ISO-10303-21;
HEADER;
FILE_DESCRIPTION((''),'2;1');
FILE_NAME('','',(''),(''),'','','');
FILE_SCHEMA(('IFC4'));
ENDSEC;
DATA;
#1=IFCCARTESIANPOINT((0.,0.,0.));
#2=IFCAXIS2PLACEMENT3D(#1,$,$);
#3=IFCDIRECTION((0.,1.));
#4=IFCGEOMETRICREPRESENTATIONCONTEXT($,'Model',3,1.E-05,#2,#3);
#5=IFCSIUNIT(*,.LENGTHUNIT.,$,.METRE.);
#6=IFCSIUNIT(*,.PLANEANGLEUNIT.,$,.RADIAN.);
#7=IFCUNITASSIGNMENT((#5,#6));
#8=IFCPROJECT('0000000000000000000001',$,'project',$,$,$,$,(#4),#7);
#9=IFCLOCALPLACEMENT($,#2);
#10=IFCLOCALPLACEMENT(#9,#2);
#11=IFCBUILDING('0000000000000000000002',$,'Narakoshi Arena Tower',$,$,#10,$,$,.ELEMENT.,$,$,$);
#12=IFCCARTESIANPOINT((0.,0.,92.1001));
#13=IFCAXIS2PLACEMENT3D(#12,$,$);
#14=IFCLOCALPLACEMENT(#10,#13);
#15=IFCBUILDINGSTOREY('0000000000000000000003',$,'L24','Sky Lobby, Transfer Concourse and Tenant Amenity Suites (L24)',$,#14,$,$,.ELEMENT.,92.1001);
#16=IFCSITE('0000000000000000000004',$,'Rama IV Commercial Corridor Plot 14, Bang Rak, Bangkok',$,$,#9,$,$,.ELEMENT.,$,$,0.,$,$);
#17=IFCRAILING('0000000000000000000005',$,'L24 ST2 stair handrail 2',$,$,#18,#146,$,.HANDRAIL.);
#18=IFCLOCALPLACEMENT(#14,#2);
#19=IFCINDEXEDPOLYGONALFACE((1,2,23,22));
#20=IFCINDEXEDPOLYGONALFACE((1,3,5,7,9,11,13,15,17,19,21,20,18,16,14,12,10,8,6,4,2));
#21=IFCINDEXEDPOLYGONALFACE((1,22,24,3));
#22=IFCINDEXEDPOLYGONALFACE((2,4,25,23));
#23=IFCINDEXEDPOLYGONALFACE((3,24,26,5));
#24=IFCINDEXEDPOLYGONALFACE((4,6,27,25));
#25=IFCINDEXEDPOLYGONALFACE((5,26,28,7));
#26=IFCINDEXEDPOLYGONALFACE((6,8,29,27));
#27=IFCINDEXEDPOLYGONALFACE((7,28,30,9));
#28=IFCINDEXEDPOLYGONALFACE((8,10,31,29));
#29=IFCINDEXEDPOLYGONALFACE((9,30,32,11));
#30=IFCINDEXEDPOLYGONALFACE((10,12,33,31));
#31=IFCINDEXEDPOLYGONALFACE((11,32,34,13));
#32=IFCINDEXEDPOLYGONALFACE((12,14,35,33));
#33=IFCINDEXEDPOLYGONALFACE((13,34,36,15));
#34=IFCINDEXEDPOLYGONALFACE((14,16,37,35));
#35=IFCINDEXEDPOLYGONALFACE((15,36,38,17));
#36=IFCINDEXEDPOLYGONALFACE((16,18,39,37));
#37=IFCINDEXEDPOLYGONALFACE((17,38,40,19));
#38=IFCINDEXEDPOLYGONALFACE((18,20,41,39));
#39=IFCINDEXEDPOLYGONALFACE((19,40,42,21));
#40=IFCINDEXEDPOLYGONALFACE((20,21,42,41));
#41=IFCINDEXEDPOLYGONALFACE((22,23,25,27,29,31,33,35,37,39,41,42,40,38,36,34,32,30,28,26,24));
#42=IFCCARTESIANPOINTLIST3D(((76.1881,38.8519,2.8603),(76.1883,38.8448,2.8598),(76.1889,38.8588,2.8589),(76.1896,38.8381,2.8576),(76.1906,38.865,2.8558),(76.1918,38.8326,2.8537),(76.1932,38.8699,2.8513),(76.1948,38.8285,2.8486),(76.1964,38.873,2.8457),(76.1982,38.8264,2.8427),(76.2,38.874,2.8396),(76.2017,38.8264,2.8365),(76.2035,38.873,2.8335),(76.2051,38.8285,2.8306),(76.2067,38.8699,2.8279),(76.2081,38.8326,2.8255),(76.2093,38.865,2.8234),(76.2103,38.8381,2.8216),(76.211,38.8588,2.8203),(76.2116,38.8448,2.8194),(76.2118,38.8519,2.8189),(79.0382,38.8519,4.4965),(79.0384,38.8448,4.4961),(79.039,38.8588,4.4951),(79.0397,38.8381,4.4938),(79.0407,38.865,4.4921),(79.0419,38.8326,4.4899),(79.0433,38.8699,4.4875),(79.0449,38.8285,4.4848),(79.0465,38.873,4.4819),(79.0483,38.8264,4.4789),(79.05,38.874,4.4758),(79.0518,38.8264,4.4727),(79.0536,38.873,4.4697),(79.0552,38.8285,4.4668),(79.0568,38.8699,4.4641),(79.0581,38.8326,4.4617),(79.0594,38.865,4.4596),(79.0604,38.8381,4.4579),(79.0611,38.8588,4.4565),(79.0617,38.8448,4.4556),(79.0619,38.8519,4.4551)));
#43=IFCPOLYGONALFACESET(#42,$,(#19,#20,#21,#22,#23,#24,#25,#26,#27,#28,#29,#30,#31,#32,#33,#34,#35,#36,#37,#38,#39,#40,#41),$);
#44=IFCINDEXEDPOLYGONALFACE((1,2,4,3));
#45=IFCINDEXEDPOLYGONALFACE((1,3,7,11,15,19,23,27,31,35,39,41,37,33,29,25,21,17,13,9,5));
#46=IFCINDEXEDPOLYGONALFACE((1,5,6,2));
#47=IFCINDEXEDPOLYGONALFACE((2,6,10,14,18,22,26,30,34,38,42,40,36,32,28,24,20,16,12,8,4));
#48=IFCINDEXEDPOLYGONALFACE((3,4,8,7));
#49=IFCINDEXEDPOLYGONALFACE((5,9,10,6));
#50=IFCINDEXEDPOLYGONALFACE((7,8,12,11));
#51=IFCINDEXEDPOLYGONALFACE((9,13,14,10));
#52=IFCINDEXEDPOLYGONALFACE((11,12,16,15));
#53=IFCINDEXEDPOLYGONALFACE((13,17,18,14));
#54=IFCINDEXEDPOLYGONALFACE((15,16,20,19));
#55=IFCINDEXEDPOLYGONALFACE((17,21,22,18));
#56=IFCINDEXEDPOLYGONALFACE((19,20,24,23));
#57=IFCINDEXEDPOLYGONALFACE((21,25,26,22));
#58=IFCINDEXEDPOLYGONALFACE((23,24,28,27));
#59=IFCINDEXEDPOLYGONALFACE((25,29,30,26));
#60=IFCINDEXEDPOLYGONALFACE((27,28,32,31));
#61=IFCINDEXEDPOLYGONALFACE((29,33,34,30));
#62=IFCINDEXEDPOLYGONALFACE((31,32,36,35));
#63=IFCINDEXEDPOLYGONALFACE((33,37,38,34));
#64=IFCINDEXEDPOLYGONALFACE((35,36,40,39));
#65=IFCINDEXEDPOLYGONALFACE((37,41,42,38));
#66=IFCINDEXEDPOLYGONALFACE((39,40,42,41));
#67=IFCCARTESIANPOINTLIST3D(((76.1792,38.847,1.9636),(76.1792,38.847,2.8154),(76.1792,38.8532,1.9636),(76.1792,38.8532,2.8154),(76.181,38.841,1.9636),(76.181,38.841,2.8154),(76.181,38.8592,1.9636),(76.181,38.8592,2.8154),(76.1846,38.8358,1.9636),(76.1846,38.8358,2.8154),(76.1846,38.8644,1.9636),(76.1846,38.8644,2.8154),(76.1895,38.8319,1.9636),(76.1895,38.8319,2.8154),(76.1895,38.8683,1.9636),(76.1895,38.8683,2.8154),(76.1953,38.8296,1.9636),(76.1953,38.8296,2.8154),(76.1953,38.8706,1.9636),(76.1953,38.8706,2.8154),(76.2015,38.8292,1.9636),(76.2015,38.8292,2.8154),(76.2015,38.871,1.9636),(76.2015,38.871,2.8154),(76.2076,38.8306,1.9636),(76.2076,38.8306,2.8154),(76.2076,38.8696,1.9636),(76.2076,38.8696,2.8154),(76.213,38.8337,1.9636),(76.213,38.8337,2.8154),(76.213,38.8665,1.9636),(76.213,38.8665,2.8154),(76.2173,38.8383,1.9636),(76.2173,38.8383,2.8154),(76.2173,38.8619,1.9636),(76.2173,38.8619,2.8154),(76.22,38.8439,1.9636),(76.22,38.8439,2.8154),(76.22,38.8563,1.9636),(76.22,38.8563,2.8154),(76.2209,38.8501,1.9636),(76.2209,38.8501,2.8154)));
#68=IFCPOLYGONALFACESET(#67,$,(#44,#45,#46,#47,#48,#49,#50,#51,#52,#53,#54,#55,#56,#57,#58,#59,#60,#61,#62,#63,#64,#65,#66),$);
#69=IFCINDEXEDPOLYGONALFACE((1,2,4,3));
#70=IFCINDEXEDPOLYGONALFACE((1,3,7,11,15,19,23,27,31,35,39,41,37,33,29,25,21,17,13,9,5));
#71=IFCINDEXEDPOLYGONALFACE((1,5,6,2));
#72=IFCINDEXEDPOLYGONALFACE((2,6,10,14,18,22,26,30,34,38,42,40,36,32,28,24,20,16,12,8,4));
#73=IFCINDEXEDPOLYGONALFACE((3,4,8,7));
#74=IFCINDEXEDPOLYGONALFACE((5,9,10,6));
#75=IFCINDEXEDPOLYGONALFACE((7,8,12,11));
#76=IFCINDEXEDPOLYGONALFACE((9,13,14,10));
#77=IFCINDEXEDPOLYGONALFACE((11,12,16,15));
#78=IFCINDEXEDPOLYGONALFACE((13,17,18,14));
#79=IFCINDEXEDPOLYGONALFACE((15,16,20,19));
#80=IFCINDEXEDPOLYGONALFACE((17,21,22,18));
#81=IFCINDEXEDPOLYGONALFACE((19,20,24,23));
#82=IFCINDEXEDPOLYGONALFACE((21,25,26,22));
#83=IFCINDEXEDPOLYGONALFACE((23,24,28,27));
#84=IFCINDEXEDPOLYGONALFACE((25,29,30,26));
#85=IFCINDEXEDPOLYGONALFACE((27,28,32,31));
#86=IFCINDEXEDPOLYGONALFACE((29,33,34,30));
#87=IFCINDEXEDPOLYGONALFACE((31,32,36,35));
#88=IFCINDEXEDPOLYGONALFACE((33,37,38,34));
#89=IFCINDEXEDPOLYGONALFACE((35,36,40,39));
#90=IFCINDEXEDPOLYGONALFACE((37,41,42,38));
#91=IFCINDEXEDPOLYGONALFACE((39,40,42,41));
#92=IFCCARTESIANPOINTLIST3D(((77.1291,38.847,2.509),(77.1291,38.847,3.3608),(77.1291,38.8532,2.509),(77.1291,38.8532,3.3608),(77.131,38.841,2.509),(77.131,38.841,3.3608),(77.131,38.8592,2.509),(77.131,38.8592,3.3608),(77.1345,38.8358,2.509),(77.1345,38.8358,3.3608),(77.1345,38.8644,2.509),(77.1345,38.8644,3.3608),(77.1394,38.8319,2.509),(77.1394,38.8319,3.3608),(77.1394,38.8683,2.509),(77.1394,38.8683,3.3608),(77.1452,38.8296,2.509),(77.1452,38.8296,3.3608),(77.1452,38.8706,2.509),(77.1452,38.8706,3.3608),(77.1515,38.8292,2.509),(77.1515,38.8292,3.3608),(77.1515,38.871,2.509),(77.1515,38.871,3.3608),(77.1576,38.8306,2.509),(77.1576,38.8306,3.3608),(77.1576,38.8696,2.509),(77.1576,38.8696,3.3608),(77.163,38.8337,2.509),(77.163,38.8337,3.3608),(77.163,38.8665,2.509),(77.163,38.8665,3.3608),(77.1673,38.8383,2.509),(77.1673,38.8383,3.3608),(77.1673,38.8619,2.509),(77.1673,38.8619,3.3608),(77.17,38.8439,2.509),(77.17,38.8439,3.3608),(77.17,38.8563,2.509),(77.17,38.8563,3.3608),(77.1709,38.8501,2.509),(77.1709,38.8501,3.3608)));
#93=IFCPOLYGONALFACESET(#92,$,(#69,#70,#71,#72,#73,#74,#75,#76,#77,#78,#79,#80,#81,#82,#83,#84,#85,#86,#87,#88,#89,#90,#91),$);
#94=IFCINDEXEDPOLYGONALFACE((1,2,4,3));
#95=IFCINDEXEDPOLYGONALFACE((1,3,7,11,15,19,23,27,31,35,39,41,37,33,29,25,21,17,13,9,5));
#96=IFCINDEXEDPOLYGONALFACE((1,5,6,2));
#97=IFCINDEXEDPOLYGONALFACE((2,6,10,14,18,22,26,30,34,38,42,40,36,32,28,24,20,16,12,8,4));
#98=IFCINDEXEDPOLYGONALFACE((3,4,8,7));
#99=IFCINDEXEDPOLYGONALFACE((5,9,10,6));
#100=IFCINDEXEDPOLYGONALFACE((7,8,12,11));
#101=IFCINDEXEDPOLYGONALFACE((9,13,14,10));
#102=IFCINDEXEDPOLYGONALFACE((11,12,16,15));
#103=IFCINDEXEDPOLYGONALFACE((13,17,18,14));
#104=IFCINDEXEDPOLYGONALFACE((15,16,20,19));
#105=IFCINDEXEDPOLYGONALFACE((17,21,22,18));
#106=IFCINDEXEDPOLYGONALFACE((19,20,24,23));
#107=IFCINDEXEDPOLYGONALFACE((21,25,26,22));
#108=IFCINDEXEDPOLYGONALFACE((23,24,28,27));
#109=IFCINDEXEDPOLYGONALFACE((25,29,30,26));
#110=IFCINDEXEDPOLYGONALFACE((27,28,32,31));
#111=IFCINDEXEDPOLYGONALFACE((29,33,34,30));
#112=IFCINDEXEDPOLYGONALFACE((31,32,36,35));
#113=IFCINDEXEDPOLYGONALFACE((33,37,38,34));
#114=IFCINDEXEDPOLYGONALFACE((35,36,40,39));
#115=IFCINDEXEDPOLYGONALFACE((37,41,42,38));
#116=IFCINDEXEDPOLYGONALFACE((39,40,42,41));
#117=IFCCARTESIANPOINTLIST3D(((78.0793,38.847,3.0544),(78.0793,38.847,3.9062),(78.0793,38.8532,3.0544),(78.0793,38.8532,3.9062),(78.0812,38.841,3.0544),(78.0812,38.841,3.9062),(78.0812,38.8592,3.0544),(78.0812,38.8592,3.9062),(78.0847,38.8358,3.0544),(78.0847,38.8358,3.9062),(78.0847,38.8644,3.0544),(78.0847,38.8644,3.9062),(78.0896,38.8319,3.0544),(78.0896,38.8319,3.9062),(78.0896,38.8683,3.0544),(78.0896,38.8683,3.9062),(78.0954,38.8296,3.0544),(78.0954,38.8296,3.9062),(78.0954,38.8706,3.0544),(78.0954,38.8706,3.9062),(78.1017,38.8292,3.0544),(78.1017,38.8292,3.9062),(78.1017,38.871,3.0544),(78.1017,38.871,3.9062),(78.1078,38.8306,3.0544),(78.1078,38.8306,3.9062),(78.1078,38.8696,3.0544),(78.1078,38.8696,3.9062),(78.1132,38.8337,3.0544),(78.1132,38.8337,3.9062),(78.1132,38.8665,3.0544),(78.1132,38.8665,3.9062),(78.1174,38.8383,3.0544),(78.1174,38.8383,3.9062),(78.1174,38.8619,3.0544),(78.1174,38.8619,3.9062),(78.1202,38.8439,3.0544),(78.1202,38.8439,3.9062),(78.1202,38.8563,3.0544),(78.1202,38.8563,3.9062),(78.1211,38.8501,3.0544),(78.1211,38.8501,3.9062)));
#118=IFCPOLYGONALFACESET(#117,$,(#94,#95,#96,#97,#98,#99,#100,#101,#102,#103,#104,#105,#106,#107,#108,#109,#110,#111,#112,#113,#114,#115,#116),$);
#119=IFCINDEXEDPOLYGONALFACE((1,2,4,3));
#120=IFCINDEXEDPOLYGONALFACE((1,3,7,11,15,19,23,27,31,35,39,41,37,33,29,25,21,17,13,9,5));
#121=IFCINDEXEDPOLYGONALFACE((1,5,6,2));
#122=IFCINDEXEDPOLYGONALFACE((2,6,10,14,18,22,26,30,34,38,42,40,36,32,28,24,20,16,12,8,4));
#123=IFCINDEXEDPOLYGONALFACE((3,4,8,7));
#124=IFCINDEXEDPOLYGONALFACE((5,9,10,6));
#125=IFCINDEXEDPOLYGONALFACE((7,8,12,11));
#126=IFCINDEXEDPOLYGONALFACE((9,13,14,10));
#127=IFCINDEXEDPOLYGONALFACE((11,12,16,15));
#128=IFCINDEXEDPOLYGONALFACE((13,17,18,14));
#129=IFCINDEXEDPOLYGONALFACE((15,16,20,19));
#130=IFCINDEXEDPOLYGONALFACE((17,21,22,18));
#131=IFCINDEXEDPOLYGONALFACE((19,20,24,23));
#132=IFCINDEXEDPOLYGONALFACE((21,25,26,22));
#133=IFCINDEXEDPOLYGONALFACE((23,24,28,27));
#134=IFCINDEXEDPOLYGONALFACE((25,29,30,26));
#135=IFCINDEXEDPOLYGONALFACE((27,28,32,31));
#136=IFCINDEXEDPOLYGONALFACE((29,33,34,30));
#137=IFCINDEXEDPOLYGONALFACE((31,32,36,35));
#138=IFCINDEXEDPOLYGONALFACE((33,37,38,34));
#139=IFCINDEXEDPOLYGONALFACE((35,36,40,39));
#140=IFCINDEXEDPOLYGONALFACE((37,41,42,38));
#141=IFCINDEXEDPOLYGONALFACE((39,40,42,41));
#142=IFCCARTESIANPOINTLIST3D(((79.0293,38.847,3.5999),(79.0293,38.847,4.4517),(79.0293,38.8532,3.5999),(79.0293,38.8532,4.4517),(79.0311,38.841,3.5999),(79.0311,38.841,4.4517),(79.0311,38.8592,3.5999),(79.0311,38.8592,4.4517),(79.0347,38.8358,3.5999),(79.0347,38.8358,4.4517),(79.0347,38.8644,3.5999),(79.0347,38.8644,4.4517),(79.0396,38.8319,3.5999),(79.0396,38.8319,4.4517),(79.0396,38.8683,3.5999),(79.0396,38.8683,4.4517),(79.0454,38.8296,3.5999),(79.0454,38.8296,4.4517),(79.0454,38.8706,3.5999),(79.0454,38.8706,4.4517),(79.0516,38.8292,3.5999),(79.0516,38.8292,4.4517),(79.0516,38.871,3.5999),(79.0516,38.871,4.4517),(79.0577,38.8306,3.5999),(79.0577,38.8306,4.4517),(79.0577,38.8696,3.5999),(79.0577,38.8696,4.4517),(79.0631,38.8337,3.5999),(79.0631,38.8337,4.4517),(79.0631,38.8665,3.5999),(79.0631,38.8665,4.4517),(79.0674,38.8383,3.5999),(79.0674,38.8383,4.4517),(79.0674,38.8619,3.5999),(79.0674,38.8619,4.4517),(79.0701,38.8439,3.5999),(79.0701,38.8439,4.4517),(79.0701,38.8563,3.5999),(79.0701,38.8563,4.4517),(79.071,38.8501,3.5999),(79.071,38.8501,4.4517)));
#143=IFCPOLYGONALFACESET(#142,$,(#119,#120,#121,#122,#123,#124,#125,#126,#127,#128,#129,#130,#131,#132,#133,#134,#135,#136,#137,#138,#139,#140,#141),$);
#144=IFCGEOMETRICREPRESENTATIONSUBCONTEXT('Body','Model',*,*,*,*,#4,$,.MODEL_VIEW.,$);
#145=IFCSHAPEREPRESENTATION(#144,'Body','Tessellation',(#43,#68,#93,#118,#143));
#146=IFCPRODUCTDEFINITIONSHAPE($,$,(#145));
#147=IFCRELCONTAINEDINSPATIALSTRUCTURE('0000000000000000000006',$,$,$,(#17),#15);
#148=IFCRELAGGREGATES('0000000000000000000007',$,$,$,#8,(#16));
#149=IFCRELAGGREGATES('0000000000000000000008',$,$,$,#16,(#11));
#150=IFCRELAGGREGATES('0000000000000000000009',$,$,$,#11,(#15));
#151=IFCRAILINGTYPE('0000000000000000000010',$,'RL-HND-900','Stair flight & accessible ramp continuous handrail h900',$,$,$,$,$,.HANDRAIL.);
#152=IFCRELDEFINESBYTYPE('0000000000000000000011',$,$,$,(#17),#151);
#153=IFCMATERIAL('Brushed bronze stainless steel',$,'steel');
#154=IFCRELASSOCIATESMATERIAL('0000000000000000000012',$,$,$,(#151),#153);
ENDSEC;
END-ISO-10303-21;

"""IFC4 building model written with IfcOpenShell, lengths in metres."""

from ifc_helpers import new_model, si_unit, direction, frame, origin, origin_2d, place, context, subcontext, project, spatial, circle, extrude, material, type_object, element, save


model = new_model("IFC4")

# Units and contexts
model_context = context("Model", 3, precision=1e-05, world=origin(), true_north=direction((0.0, 1.0)))
body_context = subcontext(model_context, "Body", "Model", "MODEL_VIEW")
ifc_project = project(units=[si_unit("LENGTHUNIT", "METRE"), si_unit("PLANEANGLEUNIT", "RADIAN")], contexts=[model_context])

# Site, building, storey
site_placement = place(None, origin())
site = spatial("IfcSite", under=ifc_project, at=site_placement, Name="Rama IV Commercial Corridor Plot 14, Bang Rak, Bangkok", CompositionType="ELEMENT", RefElevation=0.0)
building_placement = place(site_placement, origin())
building = spatial("IfcBuilding", under=site, at=building_placement, Name="Narakoshi Arena Tower", CompositionType="ELEMENT")
storey_placement = place(building_placement, frame((0.0, 0.0, 92.1001)))
storey = spatial("IfcBuildingStorey", under=building, at=storey_placement, Name="L24", Description="Sky Lobby, Transfer Concourse and Tenant Amenity Suites (L24)", CompositionType="ELEMENT", Elevation=92.1001)

# Shared definitions
ifc_material_1 = material(Name="Brushed bronze stainless steel", Category="steel")

# Railing
railing_type_1 = type_object("IfcRailingType", Name="RL-HND-900", Description="Stair flight & accessible ramp continuous handrail h900", PredefinedType="HANDRAIL", material=ifc_material_1)
for number, where, name in (
    (1, (76.2, 38.8501, 1.9636), "L24 ST2 stair handrail 2"),
):
    element("IfcRailing", number, at=place(storey_placement, frame(where)), inside=storey, type_object=railing_type_1, Name=name, PredefinedType="HANDRAIL", context=body_context, shape_type="SweptSolid", body=[
        extrude(circle(Radius=0.0239, at=origin_2d()), frame((0.0, 0.0, 0.876), z_axis=(0.867245, 0.0, 0.497882), x_axis=(0.0, 1.0, 0.0)), (0.0, 0.0, 1.0), 3.2864),
        extrude(circle(Radius=0.021, at=origin_2d()), origin(), (0.0, 0.0, 1.0), 0.8518),
        extrude(circle(Radius=0.021, at=origin_2d()), frame((0.95, 0.0, 0.5454)), (0.0, 0.0, 1.0), 0.8518),
        extrude(circle(Radius=0.021, at=origin_2d()), frame((1.9001, 0.0, 1.0908)), (0.0, 0.0, 1.0), 0.8518),
        extrude(circle(Radius=0.021, at=origin_2d()), frame((2.8501, 0.0, 1.6362)), (0.0, 0.0, 1.0), 0.8518),
    ])

save(model, "model.ifc")
